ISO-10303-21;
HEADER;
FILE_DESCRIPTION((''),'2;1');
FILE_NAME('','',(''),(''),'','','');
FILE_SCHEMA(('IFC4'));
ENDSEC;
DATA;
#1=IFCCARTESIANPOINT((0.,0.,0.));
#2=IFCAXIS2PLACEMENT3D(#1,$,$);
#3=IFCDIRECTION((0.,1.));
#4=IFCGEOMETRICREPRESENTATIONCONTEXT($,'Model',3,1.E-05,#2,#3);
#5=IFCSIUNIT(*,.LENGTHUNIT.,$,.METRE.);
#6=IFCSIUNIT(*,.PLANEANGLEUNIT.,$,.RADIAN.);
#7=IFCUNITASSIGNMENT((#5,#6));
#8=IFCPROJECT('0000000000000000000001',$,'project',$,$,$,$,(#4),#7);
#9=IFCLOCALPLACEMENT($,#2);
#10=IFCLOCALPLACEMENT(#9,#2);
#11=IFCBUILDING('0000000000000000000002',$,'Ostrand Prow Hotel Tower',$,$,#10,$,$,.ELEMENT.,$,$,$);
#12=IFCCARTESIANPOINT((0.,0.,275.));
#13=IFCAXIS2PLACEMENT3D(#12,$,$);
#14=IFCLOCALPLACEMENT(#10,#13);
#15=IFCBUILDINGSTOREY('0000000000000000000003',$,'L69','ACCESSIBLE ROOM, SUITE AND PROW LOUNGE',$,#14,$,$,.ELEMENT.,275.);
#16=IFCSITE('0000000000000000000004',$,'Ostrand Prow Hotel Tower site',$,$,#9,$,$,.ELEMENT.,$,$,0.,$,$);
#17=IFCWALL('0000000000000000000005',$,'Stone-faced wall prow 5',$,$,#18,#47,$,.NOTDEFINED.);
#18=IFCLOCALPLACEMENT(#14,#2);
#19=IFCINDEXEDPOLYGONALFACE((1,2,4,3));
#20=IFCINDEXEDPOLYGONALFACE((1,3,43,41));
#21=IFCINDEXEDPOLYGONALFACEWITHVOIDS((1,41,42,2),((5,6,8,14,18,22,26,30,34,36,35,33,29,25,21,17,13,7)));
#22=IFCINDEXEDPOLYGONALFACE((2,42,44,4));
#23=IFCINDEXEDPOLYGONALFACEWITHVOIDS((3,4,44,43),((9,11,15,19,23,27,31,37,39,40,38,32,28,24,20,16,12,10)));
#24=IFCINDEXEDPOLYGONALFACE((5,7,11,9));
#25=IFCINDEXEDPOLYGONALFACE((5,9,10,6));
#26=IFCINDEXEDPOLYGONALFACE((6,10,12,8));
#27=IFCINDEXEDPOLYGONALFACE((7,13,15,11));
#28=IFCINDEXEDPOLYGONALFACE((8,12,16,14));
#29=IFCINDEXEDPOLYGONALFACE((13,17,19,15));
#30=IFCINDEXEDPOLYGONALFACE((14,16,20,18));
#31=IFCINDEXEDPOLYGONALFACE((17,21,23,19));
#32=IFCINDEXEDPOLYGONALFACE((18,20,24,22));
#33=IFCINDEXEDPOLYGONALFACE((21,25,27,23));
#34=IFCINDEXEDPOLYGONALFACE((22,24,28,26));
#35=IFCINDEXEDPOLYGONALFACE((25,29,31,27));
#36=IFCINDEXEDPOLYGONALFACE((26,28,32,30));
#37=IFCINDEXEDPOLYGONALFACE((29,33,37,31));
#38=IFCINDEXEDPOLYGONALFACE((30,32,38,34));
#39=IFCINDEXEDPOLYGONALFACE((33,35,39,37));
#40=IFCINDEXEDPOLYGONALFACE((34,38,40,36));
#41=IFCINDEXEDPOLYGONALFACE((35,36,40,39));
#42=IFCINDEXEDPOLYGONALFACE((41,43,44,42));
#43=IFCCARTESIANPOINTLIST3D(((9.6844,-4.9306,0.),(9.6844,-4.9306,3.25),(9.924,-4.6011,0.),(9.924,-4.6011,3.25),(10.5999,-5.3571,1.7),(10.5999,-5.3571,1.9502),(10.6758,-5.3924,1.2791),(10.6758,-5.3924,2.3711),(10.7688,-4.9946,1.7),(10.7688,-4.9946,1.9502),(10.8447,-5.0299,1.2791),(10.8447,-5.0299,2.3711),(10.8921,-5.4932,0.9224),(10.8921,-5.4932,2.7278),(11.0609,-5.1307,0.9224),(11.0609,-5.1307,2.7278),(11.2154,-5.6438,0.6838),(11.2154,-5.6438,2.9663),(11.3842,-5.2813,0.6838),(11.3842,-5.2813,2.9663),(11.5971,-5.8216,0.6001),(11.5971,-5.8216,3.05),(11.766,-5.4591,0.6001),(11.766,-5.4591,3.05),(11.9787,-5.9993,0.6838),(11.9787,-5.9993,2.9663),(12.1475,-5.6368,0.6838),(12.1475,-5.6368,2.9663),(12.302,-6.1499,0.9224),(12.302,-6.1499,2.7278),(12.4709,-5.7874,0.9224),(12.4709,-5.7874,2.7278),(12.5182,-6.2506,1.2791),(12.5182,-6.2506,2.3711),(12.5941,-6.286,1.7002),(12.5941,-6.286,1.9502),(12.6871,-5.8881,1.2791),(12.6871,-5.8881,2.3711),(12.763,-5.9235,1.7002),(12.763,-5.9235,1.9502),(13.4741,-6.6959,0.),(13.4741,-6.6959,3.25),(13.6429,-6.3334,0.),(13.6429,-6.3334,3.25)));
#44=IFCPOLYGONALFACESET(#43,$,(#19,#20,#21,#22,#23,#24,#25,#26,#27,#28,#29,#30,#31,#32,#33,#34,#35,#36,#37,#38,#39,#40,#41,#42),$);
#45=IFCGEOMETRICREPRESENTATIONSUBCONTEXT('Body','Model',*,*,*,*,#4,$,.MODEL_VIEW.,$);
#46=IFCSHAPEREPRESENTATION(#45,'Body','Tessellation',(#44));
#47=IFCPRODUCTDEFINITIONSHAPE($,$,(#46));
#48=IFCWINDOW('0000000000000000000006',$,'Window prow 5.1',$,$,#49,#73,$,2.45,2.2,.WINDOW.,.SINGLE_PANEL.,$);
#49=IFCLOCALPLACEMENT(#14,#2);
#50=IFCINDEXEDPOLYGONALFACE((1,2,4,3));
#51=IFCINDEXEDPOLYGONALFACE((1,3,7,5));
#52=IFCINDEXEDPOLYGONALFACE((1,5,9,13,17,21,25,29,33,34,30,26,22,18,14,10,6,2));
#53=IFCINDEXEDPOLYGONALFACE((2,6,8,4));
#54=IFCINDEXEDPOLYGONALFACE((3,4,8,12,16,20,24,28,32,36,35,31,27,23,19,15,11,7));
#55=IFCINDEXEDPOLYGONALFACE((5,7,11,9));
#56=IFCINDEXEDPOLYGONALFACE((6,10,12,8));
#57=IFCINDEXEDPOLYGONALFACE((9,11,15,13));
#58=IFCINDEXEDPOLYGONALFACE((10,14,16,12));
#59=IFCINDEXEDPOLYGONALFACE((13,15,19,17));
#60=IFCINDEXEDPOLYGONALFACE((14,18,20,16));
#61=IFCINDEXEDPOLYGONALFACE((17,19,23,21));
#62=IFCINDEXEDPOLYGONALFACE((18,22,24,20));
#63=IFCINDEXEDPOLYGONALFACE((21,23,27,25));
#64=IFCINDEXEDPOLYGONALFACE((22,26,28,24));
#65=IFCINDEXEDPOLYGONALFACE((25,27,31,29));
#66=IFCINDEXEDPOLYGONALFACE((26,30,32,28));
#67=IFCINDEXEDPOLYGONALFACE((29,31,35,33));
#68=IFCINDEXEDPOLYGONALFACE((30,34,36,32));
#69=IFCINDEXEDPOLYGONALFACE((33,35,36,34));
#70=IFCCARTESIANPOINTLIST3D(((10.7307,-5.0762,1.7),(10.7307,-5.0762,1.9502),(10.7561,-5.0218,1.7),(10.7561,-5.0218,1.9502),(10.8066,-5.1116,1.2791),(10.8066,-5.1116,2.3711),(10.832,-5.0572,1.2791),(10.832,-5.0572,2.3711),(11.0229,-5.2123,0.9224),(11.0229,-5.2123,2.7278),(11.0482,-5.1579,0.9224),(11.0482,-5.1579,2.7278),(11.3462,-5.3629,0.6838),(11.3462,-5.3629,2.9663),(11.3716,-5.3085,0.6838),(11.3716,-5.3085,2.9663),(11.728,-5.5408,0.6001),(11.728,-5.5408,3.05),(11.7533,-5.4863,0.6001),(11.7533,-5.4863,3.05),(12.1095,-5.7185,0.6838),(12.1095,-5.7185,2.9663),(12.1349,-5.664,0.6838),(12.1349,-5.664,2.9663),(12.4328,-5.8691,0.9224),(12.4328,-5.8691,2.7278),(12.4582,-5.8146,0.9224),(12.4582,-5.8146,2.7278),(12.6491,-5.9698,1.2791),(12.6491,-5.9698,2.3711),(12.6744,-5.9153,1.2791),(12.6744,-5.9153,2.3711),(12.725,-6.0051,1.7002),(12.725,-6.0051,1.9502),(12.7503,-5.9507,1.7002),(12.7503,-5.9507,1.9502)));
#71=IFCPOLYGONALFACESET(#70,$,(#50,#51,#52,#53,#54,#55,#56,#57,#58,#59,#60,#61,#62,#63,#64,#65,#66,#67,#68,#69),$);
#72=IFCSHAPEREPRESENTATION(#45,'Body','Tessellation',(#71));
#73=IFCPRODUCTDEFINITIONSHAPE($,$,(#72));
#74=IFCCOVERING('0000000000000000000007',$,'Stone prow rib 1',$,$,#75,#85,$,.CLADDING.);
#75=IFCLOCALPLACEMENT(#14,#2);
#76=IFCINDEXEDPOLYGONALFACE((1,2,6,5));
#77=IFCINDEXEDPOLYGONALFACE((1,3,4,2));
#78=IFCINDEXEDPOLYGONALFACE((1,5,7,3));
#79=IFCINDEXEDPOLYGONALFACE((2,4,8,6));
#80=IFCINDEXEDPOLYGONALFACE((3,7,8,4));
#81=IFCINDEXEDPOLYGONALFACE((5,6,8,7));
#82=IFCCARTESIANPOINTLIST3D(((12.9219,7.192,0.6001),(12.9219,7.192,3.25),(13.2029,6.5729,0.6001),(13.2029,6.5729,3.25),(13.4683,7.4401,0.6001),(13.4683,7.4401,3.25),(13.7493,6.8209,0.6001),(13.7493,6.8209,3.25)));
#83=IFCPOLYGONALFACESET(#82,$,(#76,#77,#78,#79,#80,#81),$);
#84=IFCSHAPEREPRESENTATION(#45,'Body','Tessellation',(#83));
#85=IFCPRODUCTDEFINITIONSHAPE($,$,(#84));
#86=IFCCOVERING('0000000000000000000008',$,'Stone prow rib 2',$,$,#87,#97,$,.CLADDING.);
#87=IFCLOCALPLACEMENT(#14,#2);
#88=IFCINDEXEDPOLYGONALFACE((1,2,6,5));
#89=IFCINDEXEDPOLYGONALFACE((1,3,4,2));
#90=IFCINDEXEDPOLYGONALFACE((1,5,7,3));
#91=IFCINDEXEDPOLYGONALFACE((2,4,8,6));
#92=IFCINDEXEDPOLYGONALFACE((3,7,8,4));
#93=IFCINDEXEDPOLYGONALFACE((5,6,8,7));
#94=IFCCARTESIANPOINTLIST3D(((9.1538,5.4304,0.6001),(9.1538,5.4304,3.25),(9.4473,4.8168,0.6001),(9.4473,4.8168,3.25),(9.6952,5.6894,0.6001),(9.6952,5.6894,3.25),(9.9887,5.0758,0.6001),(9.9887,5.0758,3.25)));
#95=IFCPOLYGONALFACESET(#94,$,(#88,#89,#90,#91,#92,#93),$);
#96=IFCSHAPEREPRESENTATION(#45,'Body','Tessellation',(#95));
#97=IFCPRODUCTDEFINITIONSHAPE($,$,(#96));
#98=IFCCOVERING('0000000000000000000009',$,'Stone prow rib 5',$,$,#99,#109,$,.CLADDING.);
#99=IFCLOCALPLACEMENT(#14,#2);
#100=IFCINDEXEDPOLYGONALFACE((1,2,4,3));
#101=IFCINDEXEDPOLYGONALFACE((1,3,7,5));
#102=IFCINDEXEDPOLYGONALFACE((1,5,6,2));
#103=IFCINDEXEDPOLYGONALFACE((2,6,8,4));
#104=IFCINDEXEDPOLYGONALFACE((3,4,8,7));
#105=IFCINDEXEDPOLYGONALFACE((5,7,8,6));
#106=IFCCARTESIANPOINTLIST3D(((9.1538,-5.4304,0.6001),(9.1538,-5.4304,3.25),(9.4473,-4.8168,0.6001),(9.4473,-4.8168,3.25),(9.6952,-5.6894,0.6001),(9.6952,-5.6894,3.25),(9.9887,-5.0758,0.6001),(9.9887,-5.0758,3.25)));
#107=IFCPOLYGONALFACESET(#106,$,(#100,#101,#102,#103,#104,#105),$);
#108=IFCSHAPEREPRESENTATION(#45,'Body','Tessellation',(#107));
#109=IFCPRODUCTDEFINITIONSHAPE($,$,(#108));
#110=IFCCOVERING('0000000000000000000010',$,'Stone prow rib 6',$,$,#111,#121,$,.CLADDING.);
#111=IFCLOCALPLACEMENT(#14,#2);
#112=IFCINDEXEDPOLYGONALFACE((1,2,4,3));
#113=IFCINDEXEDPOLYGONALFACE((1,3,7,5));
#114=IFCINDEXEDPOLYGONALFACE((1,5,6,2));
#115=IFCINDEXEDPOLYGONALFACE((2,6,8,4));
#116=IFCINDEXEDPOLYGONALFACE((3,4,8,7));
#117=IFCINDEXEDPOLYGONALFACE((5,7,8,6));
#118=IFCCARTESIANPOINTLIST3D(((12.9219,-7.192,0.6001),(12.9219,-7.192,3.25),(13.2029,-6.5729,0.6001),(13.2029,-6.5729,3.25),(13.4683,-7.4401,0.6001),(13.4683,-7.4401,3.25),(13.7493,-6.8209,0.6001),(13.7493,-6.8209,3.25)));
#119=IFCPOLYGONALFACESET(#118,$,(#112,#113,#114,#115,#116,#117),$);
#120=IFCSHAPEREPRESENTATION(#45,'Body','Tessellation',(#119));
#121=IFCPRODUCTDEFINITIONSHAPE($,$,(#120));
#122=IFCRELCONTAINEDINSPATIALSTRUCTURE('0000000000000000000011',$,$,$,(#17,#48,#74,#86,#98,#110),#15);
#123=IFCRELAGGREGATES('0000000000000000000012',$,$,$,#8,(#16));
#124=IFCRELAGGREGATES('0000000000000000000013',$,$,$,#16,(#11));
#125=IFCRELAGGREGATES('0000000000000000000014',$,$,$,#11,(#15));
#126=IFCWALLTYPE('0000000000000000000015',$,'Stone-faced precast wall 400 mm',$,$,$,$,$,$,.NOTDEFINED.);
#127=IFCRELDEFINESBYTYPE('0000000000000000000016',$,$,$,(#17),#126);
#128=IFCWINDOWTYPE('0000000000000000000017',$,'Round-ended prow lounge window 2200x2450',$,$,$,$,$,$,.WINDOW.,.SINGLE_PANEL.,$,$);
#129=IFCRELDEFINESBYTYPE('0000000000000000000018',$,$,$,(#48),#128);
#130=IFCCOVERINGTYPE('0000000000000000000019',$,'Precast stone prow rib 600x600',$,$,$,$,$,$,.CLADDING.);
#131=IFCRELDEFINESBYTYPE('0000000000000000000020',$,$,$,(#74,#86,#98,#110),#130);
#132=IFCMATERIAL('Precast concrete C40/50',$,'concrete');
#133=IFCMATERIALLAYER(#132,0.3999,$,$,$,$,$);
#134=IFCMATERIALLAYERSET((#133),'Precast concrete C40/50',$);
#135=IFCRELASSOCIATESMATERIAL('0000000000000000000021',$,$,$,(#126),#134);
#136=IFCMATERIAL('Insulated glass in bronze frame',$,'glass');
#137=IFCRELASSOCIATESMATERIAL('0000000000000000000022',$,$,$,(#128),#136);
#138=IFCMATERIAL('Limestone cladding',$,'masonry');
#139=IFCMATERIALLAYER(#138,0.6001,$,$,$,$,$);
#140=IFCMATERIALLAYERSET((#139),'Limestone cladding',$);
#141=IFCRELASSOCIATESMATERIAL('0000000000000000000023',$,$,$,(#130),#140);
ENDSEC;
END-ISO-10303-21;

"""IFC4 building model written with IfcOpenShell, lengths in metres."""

from ifc_helpers import new_model, si_unit, direction, frame, frame_2d, origin, place, context, subcontext, project, spatial, polyline, rectangle, outline, extrude, material, layer, layer_set, type_object, element, fill, save


model = new_model("IFC4")

# Units and contexts
model_context = context("Model", 3, precision=1e-05, world=origin(), true_north=direction((0.0, 1.0)))
body_context = subcontext(model_context, "Body", "Model", "MODEL_VIEW")
ifc_project = project(units=[si_unit("LENGTHUNIT", "METRE"), si_unit("PLANEANGLEUNIT", "RADIAN")], contexts=[model_context])

# Site, building, storey
site_placement = place(None, origin())
site = spatial("IfcSite", under=ifc_project, at=site_placement, Name="Ostrand Prow Hotel Tower site", CompositionType="ELEMENT", RefElevation=0.0)
building_placement = place(site_placement, origin())
building = spatial("IfcBuilding", under=site, at=building_placement, Name="Ostrand Prow Hotel Tower", CompositionType="ELEMENT")
storey_placement = place(building_placement, frame((0.0, 0.0, 275.0)))
storey = spatial("IfcBuildingStorey", under=building, at=storey_placement, Name="L69", Description="ACCESSIBLE ROOM, SUITE AND PROW LOUNGE", CompositionType="ELEMENT", Elevation=275.0)

# Wall, opening, window
ifc_material_1 = material(Name="Precast concrete C40/50", Category="concrete")
ifc_layer_1 = layer(ifc_material_1, 0.3999)
ifc_layer_set_1 = layer_set([ifc_layer_1], Name="Precast concrete C40/50")
wall_type_1 = type_object("IfcWallType", Name="Stone-faced precast wall 400 mm", PredefinedType="NOTDEFINED", material=ifc_layer_set_1)
ifc_material_2 = material(Name="Insulated glass in bronze frame", Category="glass")
window_type = type_object("IfcWindowType", Name="Round-ended prow lounge window 2200x2450", PartitioningType="SINGLE_PANEL", PredefinedType="WINDOW", material=ifc_material_2)
wall_1_placement = place(storey_placement, frame((9.8042, -4.7659, 0.0), z_axis=(0.0, 0.0, 1.0), x_axis=(0.906486, -0.422237, 0.0)))
wall_1 = element("IfcWall", 1, at=wall_1_placement, inside=storey, type_object=wall_type_1, Name="Stone-faced wall prow 5", PredefinedType="NOTDEFINED", context=body_context, shape_type="SweptSolid", body=[
    extrude(outline(polyline([(-0.0391, -0.2), (4.1416, -0.2), (4.1416, 0.2), (0.0391, 0.2), (-0.0391, -0.2)])), origin(), (0.0, 0.0, 1.0), 3.25),
])
opening_1_placement = place(wall_1_placement, frame((0.9709, 0.0, 0.6001)))
opening_1 = element("IfcOpeningElement", 2, at=opening_1_placement, cuts=wall_1, PredefinedType="OPENING", context=body_context, shape_type="SweptSolid", body=[
    extrude(outline(polyline([(0.0, 1.3501), (0.0837, 1.771), (0.3223, 2.1277), (0.679, 2.3662), (1.1001, 2.45), (1.521, 2.3662), (1.8777, 2.1277), (2.1162, 1.771), (2.2, 1.3501), (2.2, 1.1001), (2.1162, 0.679), (1.8777, 0.3223), (1.521, 0.0837), (1.1001, 0.0), (0.679, 0.0837), (0.3223, 0.3223), (0.0837, 0.679), (0.0, 1.0999), (0.0, 1.3501)])), frame((0.0, 0.21, 0.0), z_axis=(0.0, -1.0, 0.0), x_axis=(1.0, 0.0, 0.0)), (0.0, 0.0, 1.0), 0.4199),
])
window_1_placement = place(opening_1_placement, origin())
window_1 = element("IfcWindow", 3, at=window_1_placement, inside=storey, type_object=window_type, Name="Window prow 5.1", OverallHeight=2.45, OverallWidth=2.2, PartitioningType="SINGLE_PANEL", PredefinedType="WINDOW", context=body_context, shape_type="SweptSolid", body=[
    extrude(outline(polyline([(0.0, 1.3501), (0.0837, 1.771), (0.3223, 2.1277), (0.679, 2.3662), (1.1001, 2.45), (1.521, 2.3662), (1.8777, 2.1277), (2.1162, 1.771), (2.2, 1.3501), (2.2, 1.1001), (2.1162, 0.679), (1.8777, 0.3223), (1.521, 0.0837), (1.1001, 0.0), (0.679, 0.0837), (0.3223, 0.3223), (0.0837, 0.679), (0.0, 1.0999), (0.0, 1.3501)])), frame((0.0, 0.1699, 0.0), z_axis=(0.0, -1.0, 0.0), x_axis=(1.0, 0.0, 0.0)), (0.0, 0.0, 1.0), 0.0601),
])
fill(opening_1, window_1)

# Coverings
ifc_material_3 = material(Name="Limestone cladding", Category="masonry")
ifc_layer_2 = layer(ifc_material_3, 0.6001)
ifc_layer_set_2 = layer_set([ifc_layer_2], Name="Limestone cladding")
covering_type = type_object("IfcCoveringType", Name="Precast stone prow rib 600x600", PredefinedType="CLADDING", material=ifc_layer_set_2)
covering_1_placement = place(storey_placement, frame((13.4761, 6.697, 0.6001), z_axis=(0.0, 0.0, 1.0), x_axis=(-0.413289, 0.9106, 0.0)))
element("IfcCovering", 4, at=covering_1_placement, inside=storey, type_object=covering_type, Name="Stone prow rib 1", PredefinedType="CLADDING", context=body_context, shape_type="SweptSolid", body=[
    extrude(rectangle(XDim=0.6799, YDim=0.6001, at=frame_2d((0.3398, 0.0))), origin(), (0.0, 0.0, 1.0), 2.6499),
])
for number, where, z_axis, x_axis, name in (
    (5, (9.718, 4.9463, 0.6001), (0.0, 0.0, 1.0), (-0.431494, 0.902116, 0.0), "Stone prow rib 2"),
    (6, (9.718, -4.9463, 0.6001), (0.0, 0.0, 1.0), (-0.431494, -0.902116, 0.0), "Stone prow rib 5"),
):
    element("IfcCovering", number, at=place(storey_placement, frame(where, z_axis=z_axis, x_axis=x_axis)), inside=storey, type_object=covering_type, Name=name, PredefinedType="CLADDING", context=body_context, shape_type="SweptSolid", body=[
        extrude(rectangle(XDim=0.6802, YDim=0.6001, at=frame_2d((0.3401, 0.0))), origin(), (0.0, 0.0, 1.0), 2.6499),
    ])
covering_2_placement = place(storey_placement, frame((13.4761, -6.697, 0.6001), z_axis=(0.0, 0.0, 1.0), x_axis=(-0.413289, -0.9106, 0.0)))
element("IfcCovering", 7, at=covering_2_placement, inside=storey, type_object=covering_type, Name="Stone prow rib 6", PredefinedType="CLADDING", context=body_context, shape_type="SweptSolid", body=[
    extrude(rectangle(XDim=0.6799, YDim=0.6001, at=frame_2d((0.3398, 0.0))), origin(), (0.0, 0.0, 1.0), 2.6499),
])

save(model, "model.ifc")
